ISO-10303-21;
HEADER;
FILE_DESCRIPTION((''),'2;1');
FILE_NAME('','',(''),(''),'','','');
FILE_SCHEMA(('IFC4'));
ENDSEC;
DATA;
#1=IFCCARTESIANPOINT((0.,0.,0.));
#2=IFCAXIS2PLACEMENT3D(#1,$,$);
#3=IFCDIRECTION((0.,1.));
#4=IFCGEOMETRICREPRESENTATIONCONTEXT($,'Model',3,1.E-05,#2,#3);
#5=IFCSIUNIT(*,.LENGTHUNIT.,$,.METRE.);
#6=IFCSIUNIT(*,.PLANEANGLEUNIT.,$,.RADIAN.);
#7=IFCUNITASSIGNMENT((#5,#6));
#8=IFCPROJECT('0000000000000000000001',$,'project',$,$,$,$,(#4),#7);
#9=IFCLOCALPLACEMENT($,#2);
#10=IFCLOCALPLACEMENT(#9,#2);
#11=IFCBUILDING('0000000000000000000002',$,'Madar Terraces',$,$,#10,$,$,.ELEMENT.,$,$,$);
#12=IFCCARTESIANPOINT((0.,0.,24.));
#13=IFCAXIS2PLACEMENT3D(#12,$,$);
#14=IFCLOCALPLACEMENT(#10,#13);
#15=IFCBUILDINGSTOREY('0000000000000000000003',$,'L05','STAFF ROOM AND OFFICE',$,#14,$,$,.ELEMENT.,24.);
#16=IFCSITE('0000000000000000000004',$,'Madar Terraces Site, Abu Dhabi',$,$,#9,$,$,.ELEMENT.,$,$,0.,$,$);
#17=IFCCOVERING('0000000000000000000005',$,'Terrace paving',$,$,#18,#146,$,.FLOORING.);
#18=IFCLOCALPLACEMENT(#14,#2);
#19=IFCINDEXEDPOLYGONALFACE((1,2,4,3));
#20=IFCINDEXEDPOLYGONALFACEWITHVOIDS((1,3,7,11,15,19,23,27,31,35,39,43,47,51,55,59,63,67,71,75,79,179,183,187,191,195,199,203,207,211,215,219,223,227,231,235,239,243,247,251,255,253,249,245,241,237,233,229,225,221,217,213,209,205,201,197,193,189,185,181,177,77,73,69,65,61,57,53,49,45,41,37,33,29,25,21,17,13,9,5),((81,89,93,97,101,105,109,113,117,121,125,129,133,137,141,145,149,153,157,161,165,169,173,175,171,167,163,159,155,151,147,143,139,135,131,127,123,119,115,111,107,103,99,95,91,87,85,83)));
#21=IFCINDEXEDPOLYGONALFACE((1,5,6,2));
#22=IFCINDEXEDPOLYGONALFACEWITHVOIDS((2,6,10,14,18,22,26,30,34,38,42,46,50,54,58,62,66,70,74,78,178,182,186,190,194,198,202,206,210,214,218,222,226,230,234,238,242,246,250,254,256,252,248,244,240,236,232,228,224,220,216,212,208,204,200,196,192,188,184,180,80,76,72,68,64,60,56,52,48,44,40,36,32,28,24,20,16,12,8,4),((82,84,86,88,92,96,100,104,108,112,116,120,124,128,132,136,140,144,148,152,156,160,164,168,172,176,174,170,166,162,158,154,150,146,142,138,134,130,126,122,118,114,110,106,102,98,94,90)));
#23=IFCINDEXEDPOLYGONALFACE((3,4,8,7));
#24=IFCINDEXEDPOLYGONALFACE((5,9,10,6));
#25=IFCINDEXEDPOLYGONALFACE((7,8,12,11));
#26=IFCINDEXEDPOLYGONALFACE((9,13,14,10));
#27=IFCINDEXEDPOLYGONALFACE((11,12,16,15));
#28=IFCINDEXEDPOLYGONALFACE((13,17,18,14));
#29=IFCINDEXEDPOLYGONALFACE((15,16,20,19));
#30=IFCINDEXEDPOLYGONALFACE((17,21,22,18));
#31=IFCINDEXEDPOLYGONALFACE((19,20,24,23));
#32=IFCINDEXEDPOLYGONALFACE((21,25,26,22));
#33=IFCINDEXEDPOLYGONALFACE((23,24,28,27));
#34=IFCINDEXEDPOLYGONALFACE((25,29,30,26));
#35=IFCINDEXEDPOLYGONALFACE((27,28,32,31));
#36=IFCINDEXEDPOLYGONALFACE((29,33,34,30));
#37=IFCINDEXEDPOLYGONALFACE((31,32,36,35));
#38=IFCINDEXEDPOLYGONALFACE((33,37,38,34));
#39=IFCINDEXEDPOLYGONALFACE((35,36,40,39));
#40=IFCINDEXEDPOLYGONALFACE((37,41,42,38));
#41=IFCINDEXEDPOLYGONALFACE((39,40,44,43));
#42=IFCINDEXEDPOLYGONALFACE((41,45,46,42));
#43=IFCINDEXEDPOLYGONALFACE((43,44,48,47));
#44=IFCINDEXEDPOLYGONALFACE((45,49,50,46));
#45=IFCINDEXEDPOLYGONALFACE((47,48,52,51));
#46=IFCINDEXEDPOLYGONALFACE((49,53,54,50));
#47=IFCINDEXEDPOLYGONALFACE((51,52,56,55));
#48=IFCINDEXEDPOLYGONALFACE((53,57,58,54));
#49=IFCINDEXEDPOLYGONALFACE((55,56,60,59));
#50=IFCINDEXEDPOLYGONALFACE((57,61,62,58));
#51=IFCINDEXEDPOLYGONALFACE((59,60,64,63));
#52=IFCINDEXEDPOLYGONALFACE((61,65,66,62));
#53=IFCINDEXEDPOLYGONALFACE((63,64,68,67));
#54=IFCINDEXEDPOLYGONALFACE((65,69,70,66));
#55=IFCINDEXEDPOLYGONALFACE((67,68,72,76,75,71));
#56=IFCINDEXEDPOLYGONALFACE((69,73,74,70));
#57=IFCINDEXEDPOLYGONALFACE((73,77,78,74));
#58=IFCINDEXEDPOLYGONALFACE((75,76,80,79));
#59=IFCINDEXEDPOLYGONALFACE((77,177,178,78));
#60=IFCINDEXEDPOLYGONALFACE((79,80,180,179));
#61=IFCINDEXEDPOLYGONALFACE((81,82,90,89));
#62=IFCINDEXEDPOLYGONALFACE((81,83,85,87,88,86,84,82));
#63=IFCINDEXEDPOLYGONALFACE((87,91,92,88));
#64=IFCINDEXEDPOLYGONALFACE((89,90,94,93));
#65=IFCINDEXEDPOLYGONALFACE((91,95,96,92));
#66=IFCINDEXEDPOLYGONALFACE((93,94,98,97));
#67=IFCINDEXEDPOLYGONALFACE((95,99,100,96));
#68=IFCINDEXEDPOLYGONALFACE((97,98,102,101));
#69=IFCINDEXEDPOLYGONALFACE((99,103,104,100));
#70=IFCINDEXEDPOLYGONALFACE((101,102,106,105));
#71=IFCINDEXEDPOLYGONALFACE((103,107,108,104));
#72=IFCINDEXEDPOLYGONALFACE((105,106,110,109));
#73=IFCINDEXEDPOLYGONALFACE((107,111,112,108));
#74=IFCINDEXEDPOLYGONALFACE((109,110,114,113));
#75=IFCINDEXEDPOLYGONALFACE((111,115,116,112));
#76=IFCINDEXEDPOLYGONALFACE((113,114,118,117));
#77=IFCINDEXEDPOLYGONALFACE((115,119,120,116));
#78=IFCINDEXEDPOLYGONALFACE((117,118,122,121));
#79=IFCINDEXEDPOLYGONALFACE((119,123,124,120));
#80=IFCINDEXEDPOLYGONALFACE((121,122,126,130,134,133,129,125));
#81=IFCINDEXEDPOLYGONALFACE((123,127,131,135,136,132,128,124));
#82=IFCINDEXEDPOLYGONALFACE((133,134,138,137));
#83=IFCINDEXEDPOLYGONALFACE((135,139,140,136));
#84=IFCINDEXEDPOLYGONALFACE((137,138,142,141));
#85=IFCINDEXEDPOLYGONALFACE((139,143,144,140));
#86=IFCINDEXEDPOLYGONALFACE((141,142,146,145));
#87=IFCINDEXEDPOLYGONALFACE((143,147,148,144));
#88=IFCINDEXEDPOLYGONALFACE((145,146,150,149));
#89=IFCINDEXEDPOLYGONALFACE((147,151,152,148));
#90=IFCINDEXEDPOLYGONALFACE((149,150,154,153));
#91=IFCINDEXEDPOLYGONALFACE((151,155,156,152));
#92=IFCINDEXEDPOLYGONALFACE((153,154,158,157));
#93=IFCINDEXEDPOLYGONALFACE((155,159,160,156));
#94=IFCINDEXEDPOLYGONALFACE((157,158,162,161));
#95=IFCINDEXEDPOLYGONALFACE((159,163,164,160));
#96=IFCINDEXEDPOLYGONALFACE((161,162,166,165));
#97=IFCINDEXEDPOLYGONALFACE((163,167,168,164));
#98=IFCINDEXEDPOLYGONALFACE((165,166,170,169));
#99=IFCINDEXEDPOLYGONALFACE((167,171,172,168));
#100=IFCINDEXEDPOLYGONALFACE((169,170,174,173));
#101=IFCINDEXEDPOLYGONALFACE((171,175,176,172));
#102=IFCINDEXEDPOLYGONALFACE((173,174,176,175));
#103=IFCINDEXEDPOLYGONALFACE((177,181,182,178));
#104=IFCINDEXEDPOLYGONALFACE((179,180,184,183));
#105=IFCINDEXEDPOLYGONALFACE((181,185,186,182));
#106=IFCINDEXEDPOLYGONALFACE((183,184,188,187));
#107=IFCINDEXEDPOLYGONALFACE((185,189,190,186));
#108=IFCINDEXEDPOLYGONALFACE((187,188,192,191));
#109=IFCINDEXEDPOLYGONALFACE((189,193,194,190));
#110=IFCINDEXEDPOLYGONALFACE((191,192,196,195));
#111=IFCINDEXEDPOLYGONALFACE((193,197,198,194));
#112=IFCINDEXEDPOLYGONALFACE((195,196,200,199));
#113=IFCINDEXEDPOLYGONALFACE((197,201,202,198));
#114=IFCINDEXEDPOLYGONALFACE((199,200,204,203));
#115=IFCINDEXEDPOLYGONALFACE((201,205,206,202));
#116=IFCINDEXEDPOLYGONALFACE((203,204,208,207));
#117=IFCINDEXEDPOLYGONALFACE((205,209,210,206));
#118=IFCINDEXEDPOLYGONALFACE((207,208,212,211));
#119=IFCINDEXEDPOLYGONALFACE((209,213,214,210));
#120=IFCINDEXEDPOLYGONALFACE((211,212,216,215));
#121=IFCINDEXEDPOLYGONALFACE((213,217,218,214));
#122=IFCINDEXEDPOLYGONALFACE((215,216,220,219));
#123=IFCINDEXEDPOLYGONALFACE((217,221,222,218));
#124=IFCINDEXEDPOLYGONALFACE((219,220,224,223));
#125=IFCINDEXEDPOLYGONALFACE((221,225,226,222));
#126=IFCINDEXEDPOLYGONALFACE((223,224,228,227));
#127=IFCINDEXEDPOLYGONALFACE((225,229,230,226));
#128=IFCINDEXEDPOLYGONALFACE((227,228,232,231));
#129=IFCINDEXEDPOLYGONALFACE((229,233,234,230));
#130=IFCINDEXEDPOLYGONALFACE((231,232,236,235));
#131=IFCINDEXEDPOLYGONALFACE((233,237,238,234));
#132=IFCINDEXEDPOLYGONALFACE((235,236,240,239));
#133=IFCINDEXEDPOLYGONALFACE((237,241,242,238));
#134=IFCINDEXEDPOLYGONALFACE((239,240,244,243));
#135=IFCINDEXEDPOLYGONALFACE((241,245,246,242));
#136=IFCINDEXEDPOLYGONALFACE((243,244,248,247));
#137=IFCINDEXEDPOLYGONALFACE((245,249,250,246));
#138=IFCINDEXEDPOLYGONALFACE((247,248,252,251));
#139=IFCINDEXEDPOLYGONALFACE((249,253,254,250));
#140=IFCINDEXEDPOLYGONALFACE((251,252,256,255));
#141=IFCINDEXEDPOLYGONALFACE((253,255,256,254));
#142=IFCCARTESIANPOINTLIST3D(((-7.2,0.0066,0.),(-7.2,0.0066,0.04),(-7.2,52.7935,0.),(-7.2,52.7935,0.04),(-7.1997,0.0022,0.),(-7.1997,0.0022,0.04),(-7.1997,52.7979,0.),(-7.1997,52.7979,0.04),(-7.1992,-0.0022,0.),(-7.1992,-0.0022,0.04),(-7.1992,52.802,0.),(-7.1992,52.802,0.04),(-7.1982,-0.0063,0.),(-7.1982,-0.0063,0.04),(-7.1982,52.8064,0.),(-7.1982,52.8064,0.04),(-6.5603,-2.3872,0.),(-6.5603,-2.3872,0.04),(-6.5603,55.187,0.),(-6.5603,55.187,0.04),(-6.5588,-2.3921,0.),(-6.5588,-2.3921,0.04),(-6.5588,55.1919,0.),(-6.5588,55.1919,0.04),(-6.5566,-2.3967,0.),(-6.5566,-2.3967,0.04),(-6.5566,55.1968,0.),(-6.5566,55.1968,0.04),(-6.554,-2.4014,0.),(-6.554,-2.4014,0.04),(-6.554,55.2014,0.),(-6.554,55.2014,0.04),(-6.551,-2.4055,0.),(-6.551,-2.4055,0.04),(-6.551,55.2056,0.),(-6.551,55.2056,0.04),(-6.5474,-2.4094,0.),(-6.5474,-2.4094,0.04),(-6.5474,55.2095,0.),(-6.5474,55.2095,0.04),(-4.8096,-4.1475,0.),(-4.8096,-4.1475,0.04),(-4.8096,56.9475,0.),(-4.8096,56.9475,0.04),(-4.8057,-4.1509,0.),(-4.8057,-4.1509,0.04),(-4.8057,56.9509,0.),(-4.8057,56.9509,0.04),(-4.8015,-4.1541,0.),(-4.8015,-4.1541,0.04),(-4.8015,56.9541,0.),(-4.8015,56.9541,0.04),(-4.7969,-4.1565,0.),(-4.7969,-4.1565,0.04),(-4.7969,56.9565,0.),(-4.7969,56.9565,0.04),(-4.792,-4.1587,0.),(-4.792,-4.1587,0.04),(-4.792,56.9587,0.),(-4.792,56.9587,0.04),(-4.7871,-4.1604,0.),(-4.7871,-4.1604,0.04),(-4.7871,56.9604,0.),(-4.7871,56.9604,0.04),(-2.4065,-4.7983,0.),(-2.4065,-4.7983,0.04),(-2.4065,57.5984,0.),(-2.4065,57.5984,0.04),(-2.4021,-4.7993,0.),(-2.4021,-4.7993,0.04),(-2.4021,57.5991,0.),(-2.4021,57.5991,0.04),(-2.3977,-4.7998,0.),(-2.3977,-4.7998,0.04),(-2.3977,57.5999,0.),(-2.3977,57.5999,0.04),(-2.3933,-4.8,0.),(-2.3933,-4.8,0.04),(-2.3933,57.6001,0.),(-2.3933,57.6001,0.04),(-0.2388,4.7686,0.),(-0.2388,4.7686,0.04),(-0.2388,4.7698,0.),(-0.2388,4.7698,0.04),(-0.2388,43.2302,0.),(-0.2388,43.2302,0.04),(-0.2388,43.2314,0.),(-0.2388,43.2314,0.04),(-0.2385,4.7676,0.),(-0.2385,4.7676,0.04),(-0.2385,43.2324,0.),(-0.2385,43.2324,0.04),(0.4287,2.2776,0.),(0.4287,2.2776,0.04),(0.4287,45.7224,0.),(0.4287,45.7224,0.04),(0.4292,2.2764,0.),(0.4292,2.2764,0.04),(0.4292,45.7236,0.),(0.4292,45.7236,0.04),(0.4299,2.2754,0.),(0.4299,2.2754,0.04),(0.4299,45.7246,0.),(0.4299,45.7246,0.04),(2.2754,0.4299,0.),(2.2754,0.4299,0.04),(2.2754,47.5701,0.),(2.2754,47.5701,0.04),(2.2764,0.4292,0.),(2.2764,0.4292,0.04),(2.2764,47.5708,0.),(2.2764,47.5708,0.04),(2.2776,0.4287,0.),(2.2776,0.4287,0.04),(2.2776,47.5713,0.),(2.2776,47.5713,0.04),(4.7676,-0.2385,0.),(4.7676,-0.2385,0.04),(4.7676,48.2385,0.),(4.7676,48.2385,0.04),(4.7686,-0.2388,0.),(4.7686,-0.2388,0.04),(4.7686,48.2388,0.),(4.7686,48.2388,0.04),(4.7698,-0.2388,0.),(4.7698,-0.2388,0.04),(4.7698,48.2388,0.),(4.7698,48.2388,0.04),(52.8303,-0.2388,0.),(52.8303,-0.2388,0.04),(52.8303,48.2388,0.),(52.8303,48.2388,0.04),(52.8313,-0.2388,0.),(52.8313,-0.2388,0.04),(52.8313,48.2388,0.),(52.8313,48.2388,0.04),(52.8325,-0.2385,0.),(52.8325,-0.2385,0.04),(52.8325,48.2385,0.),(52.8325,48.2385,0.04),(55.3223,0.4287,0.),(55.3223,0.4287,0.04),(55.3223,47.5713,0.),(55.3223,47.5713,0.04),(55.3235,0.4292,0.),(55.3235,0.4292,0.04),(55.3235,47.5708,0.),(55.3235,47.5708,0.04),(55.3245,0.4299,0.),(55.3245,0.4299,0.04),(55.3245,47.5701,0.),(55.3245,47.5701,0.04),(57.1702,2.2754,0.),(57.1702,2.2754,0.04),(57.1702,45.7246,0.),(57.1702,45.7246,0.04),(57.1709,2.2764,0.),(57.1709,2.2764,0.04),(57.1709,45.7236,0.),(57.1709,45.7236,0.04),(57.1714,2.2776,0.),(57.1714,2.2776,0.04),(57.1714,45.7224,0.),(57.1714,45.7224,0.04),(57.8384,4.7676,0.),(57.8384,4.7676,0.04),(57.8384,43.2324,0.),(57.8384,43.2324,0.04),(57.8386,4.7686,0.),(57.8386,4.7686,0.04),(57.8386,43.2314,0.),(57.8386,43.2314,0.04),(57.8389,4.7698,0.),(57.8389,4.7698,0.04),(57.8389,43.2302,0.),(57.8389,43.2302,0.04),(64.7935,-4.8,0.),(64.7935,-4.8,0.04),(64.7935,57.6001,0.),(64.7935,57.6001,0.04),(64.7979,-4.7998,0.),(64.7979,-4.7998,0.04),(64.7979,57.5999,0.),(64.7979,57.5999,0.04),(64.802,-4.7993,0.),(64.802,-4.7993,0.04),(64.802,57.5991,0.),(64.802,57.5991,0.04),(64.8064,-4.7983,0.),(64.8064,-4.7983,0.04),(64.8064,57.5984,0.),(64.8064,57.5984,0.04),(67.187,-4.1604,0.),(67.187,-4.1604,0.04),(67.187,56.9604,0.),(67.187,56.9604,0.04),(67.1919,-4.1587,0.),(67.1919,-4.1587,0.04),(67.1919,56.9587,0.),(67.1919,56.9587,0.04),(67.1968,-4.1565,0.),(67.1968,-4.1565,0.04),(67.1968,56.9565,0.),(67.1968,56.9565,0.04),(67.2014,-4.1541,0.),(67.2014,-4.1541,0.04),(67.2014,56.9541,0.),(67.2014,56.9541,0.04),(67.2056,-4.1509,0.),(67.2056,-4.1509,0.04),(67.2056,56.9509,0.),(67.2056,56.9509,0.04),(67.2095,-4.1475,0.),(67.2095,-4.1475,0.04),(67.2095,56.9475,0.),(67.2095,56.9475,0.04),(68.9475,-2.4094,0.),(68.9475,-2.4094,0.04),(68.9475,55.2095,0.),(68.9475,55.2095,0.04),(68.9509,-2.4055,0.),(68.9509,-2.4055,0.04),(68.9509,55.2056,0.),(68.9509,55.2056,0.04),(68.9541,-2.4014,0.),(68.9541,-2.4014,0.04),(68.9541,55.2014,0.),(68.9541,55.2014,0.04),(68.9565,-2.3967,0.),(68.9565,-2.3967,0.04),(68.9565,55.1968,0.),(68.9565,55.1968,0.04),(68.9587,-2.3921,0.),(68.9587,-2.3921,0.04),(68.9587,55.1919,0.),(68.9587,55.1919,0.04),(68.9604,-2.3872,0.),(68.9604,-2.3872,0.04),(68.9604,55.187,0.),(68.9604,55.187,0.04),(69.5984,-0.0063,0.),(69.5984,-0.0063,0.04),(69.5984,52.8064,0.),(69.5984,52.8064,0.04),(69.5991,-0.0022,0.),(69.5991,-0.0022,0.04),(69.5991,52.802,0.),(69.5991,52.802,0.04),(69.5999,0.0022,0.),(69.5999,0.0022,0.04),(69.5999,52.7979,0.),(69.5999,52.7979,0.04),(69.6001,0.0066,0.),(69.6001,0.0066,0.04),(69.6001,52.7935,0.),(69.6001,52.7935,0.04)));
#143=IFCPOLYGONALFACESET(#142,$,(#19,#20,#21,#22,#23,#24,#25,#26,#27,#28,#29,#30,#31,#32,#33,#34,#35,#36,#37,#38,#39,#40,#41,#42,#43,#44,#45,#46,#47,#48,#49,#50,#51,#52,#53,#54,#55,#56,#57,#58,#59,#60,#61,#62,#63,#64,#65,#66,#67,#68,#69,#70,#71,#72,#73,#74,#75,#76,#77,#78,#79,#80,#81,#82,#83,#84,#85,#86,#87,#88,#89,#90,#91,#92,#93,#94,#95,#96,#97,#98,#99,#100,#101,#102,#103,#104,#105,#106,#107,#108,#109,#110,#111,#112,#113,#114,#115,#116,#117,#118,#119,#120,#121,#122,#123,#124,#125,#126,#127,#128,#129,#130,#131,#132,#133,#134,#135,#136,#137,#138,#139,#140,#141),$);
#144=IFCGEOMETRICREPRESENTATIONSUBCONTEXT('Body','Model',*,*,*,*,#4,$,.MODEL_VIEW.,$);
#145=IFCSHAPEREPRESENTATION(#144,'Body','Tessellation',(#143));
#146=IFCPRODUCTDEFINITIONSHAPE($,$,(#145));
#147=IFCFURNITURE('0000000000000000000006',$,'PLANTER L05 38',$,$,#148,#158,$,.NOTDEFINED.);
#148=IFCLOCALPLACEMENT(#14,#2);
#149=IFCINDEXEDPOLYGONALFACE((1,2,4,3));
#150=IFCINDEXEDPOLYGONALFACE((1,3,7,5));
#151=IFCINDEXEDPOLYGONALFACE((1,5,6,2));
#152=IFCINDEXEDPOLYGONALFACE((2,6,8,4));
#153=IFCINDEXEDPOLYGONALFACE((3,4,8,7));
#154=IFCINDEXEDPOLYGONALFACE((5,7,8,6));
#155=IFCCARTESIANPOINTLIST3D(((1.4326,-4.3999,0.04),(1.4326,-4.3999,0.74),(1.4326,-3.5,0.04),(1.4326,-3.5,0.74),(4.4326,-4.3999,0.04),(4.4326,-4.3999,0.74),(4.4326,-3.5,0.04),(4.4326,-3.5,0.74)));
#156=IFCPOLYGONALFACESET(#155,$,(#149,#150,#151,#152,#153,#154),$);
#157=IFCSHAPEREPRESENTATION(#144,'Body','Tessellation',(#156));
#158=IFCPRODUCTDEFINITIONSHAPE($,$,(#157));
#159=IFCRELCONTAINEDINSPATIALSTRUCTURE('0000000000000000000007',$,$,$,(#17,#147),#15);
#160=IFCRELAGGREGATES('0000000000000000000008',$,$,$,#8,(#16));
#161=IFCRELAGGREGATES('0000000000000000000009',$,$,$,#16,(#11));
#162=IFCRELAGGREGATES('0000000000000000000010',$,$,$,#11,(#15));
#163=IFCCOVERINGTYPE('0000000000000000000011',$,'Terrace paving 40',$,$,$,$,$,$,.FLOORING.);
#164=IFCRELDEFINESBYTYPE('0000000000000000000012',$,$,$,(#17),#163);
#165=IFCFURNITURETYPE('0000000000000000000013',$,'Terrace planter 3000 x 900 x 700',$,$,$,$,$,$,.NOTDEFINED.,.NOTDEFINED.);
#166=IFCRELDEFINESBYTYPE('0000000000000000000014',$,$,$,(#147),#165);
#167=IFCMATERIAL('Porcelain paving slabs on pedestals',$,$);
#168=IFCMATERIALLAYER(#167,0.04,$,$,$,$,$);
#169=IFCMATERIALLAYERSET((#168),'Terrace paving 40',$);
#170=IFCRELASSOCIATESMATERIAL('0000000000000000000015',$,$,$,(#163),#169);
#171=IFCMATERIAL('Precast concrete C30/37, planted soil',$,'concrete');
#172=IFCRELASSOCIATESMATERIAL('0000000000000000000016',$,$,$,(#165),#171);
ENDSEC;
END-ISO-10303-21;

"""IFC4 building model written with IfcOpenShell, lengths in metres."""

from ifc_helpers import new_model, si_unit, direction, frame, origin, origin_2d, place, context, subcontext, project, spatial, polyline, rectangle, outline, extrude, material, layer, layer_set, type_object, element, save


model = new_model("IFC4")

# Units and contexts
model_context = context("Model", 3, precision=1e-05, world=origin(), true_north=direction((0.0, 1.0)))
body_context = subcontext(model_context, "Body", "Model", "MODEL_VIEW")
ifc_project = project(units=[si_unit("LENGTHUNIT", "METRE"), si_unit("PLANEANGLEUNIT", "RADIAN")], contexts=[model_context])

# Site, building, storey
site_placement = place(None, origin())
site = spatial("IfcSite", under=ifc_project, at=site_placement, Name="Madar Terraces Site, Abu Dhabi", CompositionType="ELEMENT", RefElevation=0.0)
building_placement = place(site_placement, origin())
building = spatial("IfcBuilding", under=site, at=building_placement, Name="Madar Terraces", CompositionType="ELEMENT")
storey_placement = place(building_placement, frame((0.0, 0.0, 24.0)))
storey = spatial("IfcBuildingStorey", under=building, at=storey_placement, Name="L05", Description="STAFF ROOM AND OFFICE", CompositionType="ELEMENT", Elevation=24.0)

# Covering
ifc_material_1 = material(Name="Porcelain paving slabs on pedestals")
ifc_layer_1 = layer(ifc_material_1, 0.04)
ifc_layer_set_1 = layer_set([ifc_layer_1], Name="Terrace paving 40")
covering_type = type_object("IfcCoveringType", Name="Terrace paving 40", PredefinedType="FLOORING", material=ifc_layer_set_1)
covering_placement = place(storey_placement, origin())
element("IfcCovering", 1, at=covering_placement, inside=storey, type_object=covering_type, Name="Terrace paving", PredefinedType="FLOORING", context=body_context, shape_type="SweptSolid", body=[
    extrude(outline(polyline([(-2.3933, -4.8), (-2.3977, -4.7998), (-2.4021, -4.7993), (-2.4065, -4.7983), (-4.7871, -4.1604), (-4.792, -4.1587), (-4.7969, -4.1565), (-4.8015, -4.1541), (-4.8057, -4.1509), (-4.8096, -4.1475), (-6.5474, -2.4094), (-6.551, -2.4055), (-6.554, -2.4014), (-6.5566, -2.3967), (-6.5588, -2.3921), (-6.5603, -2.3872), (-7.1982, -0.0063), (-7.1992, -0.0022), (-7.1997, 0.0022), (-7.2, 0.0066), (-7.2, 52.7935), (-7.1997, 52.7979), (-7.1992, 52.802), (-7.1982, 52.8064), (-6.5603, 55.187), (-6.5588, 55.1919), (-6.5566, 55.1968), (-6.554, 55.2014), (-6.551, 55.2056), (-6.5474, 55.2095), (-4.8096, 56.9475), (-4.8057, 56.9509), (-4.8015, 56.9541), (-4.7969, 56.9565), (-4.792, 56.9587), (-4.7871, 56.9604), (-2.4065, 57.5984), (-2.4021, 57.5991), (-2.3977, 57.5999), (-2.3933, 57.6001), (64.7935, 57.6001), (64.7979, 57.5999), (64.802, 57.5991), (64.8064, 57.5984), (67.187, 56.9604), (67.1919, 56.9587), (67.1968, 56.9565), (67.2014, 56.9541), (67.2056, 56.9509), (67.2095, 56.9475), (68.9475, 55.2095), (68.9509, 55.2056), (68.9541, 55.2014), (68.9565, 55.1968), (68.9587, 55.1919), (68.9604, 55.187), (69.5984, 52.8064), (69.5991, 52.802), (69.5999, 52.7979), (69.6001, 52.7935), (69.6001, 0.0066), (69.5999, 0.0022), (69.5991, -0.0022), (69.5984, -0.0063), (68.9604, -2.3872), (68.9587, -2.3921), (68.9565, -2.3967), (68.9541, -2.4014), (68.9509, -2.4055), (68.9475, -2.4094), (67.2095, -4.1475), (67.2056, -4.1509), (67.2014, -4.1541), (67.1968, -4.1565), (67.1919, -4.1587), (67.187, -4.1604), (64.8064, -4.7983), (64.802, -4.7993), (64.7979, -4.7998), (64.7935, -4.8), (-2.3933, -4.8)]), holes=[polyline([(0.4292, 2.2764), (0.4299, 2.2754), (2.2754, 0.4299), (2.2764, 0.4292), (2.2776, 0.4287), (4.7676, -0.2385), (4.7686, -0.2388), (4.7698, -0.2388), (52.8303, -0.2388), (52.8313, -0.2388), (52.8325, -0.2385), (55.3223, 0.4287), (55.3235, 0.4292), (55.3245, 0.4299), (57.1702, 2.2754), (57.1709, 2.2764), (57.1714, 2.2776), (57.8384, 4.7676), (57.8386, 4.7686), (57.8389, 4.7698), (57.8389, 43.2302), (57.8386, 43.2314), (57.8384, 43.2324), (57.1714, 45.7224), (57.1709, 45.7236), (57.1702, 45.7246), (55.3245, 47.5701), (55.3235, 47.5708), (55.3223, 47.5713), (52.8325, 48.2385), (52.8313, 48.2388), (52.8303, 48.2388), (4.7698, 48.2388), (4.7686, 48.2388), (4.7676, 48.2385), (2.2776, 47.5713), (2.2764, 47.5708), (2.2754, 47.5701), (0.4299, 45.7246), (0.4292, 45.7236), (0.4287, 45.7224), (-0.2385, 43.2324), (-0.2388, 43.2314), (-0.2388, 43.2302), (-0.2388, 4.7698), (-0.2388, 4.7686), (-0.2385, 4.7676), (0.4287, 2.2776), (0.4292, 2.2764)])]), origin(), (0.0, 0.0, 1.0), 0.04),
])

# Furniture
ifc_material_2 = material(Name="Precast concrete C30/37, planted soil", Category="concrete")
furniture_type = type_object("IfcFurnitureType", Name="Terrace planter 3000 x 900 x 700", AssemblyPlace="NOTDEFINED", PredefinedType="NOTDEFINED", material=ifc_material_2)
furniture_placement = place(storey_placement, frame((2.9326, -3.95, 0.04), z_axis=(0.0, 0.0, 1.0), x_axis=(1.0, 0.0, 0.0)))
element("IfcFurniture", 2, at=furniture_placement, inside=storey, type_object=furniture_type, Name="PLANTER L05 38", PredefinedType="NOTDEFINED", context=body_context, shape_type="SweptSolid", body=[
    extrude(rectangle(XDim=3.0, YDim=0.8999, at=origin_2d()), origin(), (0.0, 0.0, 1.0), 0.7),
])

save(model, "model.ifc")
